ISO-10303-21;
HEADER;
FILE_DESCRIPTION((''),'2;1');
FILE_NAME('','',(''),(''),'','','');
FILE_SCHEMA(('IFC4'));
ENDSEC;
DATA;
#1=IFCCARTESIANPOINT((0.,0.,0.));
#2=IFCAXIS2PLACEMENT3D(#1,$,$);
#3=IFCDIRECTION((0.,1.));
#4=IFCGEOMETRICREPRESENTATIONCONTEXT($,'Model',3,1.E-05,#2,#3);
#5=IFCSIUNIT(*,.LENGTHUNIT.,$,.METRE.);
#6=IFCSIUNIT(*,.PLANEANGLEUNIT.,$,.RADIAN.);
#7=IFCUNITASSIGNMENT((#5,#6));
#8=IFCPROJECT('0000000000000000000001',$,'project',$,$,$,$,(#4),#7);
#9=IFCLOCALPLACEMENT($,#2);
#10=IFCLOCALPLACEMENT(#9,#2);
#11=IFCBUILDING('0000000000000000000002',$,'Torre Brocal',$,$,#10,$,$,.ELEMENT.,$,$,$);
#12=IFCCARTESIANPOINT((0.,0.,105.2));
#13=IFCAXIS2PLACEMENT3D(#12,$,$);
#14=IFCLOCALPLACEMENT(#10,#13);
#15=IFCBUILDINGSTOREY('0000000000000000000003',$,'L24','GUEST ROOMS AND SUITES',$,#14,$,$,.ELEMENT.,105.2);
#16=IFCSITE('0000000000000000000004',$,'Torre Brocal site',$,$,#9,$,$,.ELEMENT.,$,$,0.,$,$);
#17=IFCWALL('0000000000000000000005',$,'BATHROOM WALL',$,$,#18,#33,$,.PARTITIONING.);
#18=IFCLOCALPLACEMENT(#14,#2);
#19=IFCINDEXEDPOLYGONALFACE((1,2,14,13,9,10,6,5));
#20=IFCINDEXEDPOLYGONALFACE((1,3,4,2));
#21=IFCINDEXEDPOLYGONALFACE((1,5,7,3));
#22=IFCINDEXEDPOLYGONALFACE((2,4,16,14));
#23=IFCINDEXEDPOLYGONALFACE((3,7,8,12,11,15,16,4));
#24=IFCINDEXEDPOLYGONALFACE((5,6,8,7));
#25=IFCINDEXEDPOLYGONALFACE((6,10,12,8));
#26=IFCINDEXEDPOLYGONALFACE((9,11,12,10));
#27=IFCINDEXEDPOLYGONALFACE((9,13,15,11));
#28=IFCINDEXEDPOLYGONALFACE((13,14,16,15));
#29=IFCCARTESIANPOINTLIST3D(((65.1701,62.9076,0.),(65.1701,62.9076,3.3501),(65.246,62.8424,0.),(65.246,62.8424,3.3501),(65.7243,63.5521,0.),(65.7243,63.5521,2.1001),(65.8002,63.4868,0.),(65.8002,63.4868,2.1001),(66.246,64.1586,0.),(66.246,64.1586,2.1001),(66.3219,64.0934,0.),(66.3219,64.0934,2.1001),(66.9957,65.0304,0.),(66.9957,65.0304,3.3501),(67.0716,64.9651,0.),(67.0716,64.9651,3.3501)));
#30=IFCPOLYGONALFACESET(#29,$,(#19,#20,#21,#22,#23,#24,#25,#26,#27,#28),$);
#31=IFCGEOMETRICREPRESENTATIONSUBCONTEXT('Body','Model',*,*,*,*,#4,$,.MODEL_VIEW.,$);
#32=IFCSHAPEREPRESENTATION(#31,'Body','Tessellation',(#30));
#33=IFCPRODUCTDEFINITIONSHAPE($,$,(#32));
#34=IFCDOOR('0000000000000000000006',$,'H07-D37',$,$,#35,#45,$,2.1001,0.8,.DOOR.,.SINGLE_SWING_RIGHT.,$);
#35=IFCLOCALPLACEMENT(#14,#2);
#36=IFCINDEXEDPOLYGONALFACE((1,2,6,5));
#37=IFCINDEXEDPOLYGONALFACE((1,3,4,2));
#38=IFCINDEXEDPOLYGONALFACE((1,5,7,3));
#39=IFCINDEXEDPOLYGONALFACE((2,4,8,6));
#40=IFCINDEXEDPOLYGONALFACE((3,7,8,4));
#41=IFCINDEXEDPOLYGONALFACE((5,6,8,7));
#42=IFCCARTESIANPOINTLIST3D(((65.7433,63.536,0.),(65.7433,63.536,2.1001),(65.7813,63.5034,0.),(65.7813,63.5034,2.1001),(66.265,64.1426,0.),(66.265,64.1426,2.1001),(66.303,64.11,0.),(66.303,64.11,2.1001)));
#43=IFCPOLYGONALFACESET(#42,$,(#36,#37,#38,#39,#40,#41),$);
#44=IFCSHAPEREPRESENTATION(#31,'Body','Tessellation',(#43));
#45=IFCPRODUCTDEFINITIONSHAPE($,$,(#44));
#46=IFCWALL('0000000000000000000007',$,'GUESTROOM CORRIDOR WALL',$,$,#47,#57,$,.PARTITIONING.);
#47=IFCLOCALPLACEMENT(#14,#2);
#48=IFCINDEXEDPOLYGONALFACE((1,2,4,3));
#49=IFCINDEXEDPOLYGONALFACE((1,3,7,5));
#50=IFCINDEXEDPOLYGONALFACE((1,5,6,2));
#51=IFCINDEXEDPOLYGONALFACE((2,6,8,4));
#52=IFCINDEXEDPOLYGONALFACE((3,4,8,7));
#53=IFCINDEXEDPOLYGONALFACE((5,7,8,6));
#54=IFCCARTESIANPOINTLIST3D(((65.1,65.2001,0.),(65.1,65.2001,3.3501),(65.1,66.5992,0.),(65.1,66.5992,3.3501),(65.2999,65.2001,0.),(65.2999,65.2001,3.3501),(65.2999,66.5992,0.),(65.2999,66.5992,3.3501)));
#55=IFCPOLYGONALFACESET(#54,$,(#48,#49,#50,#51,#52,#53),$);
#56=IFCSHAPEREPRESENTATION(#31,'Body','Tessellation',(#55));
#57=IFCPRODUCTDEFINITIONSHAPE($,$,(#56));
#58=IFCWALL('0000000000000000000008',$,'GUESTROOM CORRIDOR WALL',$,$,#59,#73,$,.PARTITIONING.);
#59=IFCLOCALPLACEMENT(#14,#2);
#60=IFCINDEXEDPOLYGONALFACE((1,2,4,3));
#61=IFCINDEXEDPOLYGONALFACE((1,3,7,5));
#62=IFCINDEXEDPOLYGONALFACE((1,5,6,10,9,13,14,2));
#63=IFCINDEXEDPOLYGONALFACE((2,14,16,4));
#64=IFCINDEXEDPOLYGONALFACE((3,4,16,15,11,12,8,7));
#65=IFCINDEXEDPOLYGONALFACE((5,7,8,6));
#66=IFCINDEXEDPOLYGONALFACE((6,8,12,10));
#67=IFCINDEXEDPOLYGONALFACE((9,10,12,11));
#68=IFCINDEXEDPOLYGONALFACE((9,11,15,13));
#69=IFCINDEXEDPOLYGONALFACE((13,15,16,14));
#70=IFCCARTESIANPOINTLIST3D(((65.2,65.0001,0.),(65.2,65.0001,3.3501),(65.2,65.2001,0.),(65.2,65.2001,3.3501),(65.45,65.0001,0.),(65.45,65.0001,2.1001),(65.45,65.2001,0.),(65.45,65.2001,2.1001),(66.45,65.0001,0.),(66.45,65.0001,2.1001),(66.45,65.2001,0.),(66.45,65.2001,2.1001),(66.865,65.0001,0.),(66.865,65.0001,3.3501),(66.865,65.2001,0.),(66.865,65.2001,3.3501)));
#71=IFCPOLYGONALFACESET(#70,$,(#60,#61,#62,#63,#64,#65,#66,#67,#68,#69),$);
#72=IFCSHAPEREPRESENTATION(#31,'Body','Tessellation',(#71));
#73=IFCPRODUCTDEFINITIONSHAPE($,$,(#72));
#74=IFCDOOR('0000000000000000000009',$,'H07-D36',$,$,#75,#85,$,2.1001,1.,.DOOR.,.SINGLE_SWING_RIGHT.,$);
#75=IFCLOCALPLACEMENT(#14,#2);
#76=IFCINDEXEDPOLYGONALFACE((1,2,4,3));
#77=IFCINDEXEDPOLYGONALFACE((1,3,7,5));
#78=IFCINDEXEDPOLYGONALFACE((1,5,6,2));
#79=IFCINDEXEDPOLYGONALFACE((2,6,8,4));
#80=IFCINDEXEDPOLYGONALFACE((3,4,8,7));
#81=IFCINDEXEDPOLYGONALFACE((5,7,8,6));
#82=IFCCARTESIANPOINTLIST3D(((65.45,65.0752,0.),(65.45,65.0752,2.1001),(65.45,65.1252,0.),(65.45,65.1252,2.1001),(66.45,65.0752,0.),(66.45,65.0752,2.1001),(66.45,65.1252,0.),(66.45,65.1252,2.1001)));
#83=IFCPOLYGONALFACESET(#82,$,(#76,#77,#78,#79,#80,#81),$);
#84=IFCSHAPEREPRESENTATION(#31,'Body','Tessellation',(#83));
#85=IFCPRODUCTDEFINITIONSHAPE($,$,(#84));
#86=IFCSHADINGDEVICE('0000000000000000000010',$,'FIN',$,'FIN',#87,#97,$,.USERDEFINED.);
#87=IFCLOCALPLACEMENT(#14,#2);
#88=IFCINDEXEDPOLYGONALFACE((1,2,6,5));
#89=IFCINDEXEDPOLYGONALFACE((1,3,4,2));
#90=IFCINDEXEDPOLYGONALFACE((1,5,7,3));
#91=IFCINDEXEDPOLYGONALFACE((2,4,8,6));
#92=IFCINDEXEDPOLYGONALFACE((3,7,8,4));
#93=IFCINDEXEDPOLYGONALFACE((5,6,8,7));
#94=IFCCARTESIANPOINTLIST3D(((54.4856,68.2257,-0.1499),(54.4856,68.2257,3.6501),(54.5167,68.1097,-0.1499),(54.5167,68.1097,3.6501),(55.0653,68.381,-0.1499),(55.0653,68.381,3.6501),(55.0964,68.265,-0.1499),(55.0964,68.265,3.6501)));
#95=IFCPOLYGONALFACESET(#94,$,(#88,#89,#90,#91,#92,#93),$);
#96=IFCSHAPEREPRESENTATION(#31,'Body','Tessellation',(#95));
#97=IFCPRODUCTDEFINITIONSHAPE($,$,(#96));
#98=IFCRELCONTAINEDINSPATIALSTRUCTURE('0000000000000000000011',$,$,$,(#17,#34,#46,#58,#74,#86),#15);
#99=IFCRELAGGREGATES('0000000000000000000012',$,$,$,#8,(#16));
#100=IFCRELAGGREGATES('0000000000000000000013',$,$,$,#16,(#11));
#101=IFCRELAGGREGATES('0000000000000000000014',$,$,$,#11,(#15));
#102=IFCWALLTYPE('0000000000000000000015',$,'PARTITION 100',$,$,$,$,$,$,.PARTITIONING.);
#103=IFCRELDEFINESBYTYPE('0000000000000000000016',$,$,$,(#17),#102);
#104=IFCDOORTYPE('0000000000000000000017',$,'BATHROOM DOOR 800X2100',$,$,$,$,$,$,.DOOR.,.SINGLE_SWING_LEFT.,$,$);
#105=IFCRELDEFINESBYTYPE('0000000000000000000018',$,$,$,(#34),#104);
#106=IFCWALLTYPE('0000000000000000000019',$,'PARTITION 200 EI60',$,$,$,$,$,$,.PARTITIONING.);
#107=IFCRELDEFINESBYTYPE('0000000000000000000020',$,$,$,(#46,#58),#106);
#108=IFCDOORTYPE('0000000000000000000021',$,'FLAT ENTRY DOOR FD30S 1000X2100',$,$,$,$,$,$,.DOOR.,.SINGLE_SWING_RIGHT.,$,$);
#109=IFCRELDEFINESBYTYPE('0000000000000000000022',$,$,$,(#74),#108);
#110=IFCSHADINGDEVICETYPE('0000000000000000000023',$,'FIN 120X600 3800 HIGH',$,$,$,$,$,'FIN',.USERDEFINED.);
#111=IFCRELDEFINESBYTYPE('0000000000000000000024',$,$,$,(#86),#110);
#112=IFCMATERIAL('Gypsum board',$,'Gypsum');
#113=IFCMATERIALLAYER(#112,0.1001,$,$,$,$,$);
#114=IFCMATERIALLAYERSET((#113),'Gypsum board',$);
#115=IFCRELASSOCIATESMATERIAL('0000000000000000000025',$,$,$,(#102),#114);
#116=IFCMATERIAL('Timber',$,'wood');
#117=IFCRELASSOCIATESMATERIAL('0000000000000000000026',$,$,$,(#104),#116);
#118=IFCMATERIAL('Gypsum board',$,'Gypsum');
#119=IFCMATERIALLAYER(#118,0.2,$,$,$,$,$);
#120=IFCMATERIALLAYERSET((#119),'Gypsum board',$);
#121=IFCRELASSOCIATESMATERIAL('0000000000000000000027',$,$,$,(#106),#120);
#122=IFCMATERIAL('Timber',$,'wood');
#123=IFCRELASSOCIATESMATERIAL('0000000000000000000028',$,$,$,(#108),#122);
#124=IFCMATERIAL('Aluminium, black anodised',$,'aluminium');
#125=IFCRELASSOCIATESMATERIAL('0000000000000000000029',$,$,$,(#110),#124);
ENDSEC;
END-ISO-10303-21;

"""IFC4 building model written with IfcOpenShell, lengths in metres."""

from ifc_helpers import new_model, si_unit, direction, frame, frame_2d, origin, origin_2d, place, context, subcontext, project, spatial, rectangle, extrude, material, layer, layer_set, material_profile, profile_set, type_object, element, fill, save


model = new_model("IFC4")

# Units and contexts
model_context = context("Model", 3, precision=1e-05, world=origin(), true_north=direction((0.0, 1.0)))
body_context = subcontext(model_context, "Body", "Model", "MODEL_VIEW")
ifc_project = project(units=[si_unit("LENGTHUNIT", "METRE"), si_unit("PLANEANGLEUNIT", "RADIAN")], contexts=[model_context])

# Site, building, storey
site_placement = place(None, origin())
site = spatial("IfcSite", under=ifc_project, at=site_placement, Name="Torre Brocal site", CompositionType="ELEMENT", RefElevation=0.0)
building_placement = place(site_placement, origin())
building = spatial("IfcBuilding", under=site, at=building_placement, Name="Torre Brocal", CompositionType="ELEMENT")
storey_placement = place(building_placement, frame((0.0, 0.0, 105.2)))
storey = spatial("IfcBuildingStorey", under=building, at=storey_placement, Name="L24", Description="GUEST ROOMS AND SUITES", CompositionType="ELEMENT", Elevation=105.2)

# Shared definitions
ifc_material_1 = material(Name="Gypsum board", Category="Gypsum")
ifc_layer_1 = layer(ifc_material_1, 0.1001)
ifc_layer_set_1 = layer_set([ifc_layer_1], Name="Gypsum board")
wall_type_1 = type_object("IfcWallType", Name="PARTITION 100", PredefinedType="PARTITIONING", material=ifc_layer_set_1)

# Wall, opening, door
wall_1_placement = place(storey_placement, frame((65.208, 62.875, 0.0), z_axis=(0.0, 0.0, 1.0), x_axis=(0.652054, 0.758172, 0.0)))
wall_1 = element("IfcWall", 1, at=wall_1_placement, inside=storey, type_object=wall_type_1, Name="BATHROOM WALL", PredefinedType="PARTITIONING", context=body_context, shape_type="SweptSolid", body=[
    extrude(rectangle(XDim=2.7998, YDim=0.1001, at=frame_2d((1.3999, 0.0))), origin(), (0.0, 0.0, 1.0), 3.3501),
])
opening_1_placement = place(wall_1_placement, frame((0.8501, 0.0, 0.0)))
opening_1 = element("IfcOpeningElement", 2, at=opening_1_placement, cuts=wall_1, PredefinedType="OPENING", context=body_context, shape_type="SweptSolid", body=[
    extrude(rectangle(XDim=0.8, YDim=2.1001, at=frame_2d((0.3999, 1.05))), frame((0.0, 0.0601, 0.0), z_axis=(0.0, -1.0, 0.0), x_axis=(1.0, 0.0, 0.0)), (0.0, 0.0, 1.0), 0.1201),
])
ifc_material_2 = material(Name="Timber", Category="wood")
door_type_1 = type_object("IfcDoorType", Name="BATHROOM DOOR 800X2100", OperationType="SINGLE_SWING_LEFT", PredefinedType="DOOR", material=ifc_material_2)
door_1_placement = place(opening_1_placement, frame((0.8, 0.0, 0.0), z_axis=(0.0, 0.0, 1.0), x_axis=(-1.0, 0.0, 0.0)))
door_1 = element("IfcDoor", 3, at=door_1_placement, inside=storey, type_object=door_type_1, Name="H07-D37", OperationType="SINGLE_SWING_RIGHT", OverallHeight=2.1001, OverallWidth=0.8, PredefinedType="DOOR", context=body_context, shape_type="SweptSolid", body=[
    extrude(rectangle(XDim=0.8, YDim=2.1001, at=frame_2d((0.3999, 1.05))), frame((0.0, 0.0249, 0.0), z_axis=(0.0, -1.0, 0.0), x_axis=(1.0, 0.0, 0.0)), (0.0, 0.0, 1.0), 0.05),
])
fill(opening_1, door_1)

# Wall
ifc_material_3 = material(Name="Gypsum board", Category="Gypsum")
ifc_layer_2 = layer(ifc_material_3, 0.2)
ifc_layer_set_2 = layer_set([ifc_layer_2], Name="Gypsum board")
wall_type_2 = type_object("IfcWallType", Name="PARTITION 200 EI60", PredefinedType="PARTITIONING", material=ifc_layer_set_2)
wall_2_placement = place(storey_placement, frame((65.2, 65.2, 0.0), z_axis=(0.0, 0.0, 1.0), x_axis=(0.0, 1.0, 0.0)))
element("IfcWall", 4, at=wall_2_placement, inside=storey, type_object=wall_type_2, Name="GUESTROOM CORRIDOR WALL", PredefinedType="PARTITIONING", context=body_context, shape_type="SweptSolid", body=[
    extrude(rectangle(XDim=1.3992, YDim=0.2, at=frame_2d((0.6997, 0.0))), origin(), (0.0, 0.0, 1.0), 3.3501),
])

# Wall, opening, door
wall_3_placement = place(storey_placement, frame((65.2, 65.1001, 0.0), z_axis=(0.0, 0.0, 1.0), x_axis=(1.0, 0.0, 0.0)))
wall_3 = element("IfcWall", 5, at=wall_3_placement, inside=storey, type_object=wall_type_2, Name="GUESTROOM CORRIDOR WALL", PredefinedType="PARTITIONING", context=body_context, shape_type="SweptSolid", body=[
    extrude(rectangle(XDim=1.665, YDim=0.2, at=frame_2d((0.8325, 0.0))), origin(), (0.0, 0.0, 1.0), 3.3501),
])
opening_2_placement = place(wall_3_placement, frame((0.25, 0.0, 0.0)))
opening_2 = element("IfcOpeningElement", 6, at=opening_2_placement, cuts=wall_3, PredefinedType="OPENING", context=body_context, shape_type="SweptSolid", body=[
    extrude(rectangle(XDim=1.0, YDim=2.1001, at=frame_2d((0.5, 1.05))), frame((0.0, 0.1099, 0.0), z_axis=(0.0, -1.0, 0.0), x_axis=(1.0, 0.0, 0.0)), (0.0, 0.0, 1.0), 0.22),
])
ifc_material_4 = material(Name="Timber", Category="wood")
door_type_2 = type_object("IfcDoorType", Name="FLAT ENTRY DOOR FD30S 1000X2100", OperationType="SINGLE_SWING_RIGHT", PredefinedType="DOOR", material=ifc_material_4)
door_2_placement = place(opening_2_placement, frame((1.0, 0.0, 0.0), z_axis=(0.0, 0.0, 1.0), x_axis=(-1.0, 0.0, 0.0)))
door_2 = element("IfcDoor", 7, at=door_2_placement, inside=storey, type_object=door_type_2, Name="H07-D36", OperationType="SINGLE_SWING_RIGHT", OverallHeight=2.1001, OverallWidth=1.0, PredefinedType="DOOR", context=body_context, shape_type="SweptSolid", body=[
    extrude(rectangle(XDim=1.0, YDim=2.1001, at=frame_2d((0.5, 1.05))), frame((0.0, 0.0249, 0.0), z_axis=(0.0, -1.0, 0.0), x_axis=(1.0, 0.0, 0.0)), (0.0, 0.0, 1.0), 0.05),
])
fill(opening_2, door_2)

# Shading device
ifc_material_5 = material(Name="Aluminium, black anodised", Category="aluminium")
ifc_material_profile_1 = material_profile(ifc_material_5, rectangle(XDim=0.1201, YDim=0.6001, at=origin_2d()), Name="FIN 120X600 3800 HIGH")
ifc_profile_set_1 = profile_set([ifc_material_profile_1], Name="Aluminium, black anodised")
shading_device_type = type_object("IfcShadingDeviceType", Name="FIN 120X600 3800 HIGH", ElementType="FIN", PredefinedType="USERDEFINED", material=ifc_profile_set_1)
shading_device_placement = place(storey_placement, frame((54.791, 68.2454, -0.1499), z_axis=(0.0, 0.0, 1.0), x_axis=(0.258819, -0.965926, 0.0)))
element("IfcShadingDevice", 8, at=shading_device_placement, inside=storey, type_object=shading_device_type, Name="FIN", ObjectType="FIN", PredefinedType="USERDEFINED", context=body_context, shape_type="SweptSolid", body=[
    extrude(rectangle(XDim=0.1201, YDim=0.6001, at=origin_2d()), origin(), (0.0, 0.0, 1.0), 3.8),
])

save(model, "model.ifc")
